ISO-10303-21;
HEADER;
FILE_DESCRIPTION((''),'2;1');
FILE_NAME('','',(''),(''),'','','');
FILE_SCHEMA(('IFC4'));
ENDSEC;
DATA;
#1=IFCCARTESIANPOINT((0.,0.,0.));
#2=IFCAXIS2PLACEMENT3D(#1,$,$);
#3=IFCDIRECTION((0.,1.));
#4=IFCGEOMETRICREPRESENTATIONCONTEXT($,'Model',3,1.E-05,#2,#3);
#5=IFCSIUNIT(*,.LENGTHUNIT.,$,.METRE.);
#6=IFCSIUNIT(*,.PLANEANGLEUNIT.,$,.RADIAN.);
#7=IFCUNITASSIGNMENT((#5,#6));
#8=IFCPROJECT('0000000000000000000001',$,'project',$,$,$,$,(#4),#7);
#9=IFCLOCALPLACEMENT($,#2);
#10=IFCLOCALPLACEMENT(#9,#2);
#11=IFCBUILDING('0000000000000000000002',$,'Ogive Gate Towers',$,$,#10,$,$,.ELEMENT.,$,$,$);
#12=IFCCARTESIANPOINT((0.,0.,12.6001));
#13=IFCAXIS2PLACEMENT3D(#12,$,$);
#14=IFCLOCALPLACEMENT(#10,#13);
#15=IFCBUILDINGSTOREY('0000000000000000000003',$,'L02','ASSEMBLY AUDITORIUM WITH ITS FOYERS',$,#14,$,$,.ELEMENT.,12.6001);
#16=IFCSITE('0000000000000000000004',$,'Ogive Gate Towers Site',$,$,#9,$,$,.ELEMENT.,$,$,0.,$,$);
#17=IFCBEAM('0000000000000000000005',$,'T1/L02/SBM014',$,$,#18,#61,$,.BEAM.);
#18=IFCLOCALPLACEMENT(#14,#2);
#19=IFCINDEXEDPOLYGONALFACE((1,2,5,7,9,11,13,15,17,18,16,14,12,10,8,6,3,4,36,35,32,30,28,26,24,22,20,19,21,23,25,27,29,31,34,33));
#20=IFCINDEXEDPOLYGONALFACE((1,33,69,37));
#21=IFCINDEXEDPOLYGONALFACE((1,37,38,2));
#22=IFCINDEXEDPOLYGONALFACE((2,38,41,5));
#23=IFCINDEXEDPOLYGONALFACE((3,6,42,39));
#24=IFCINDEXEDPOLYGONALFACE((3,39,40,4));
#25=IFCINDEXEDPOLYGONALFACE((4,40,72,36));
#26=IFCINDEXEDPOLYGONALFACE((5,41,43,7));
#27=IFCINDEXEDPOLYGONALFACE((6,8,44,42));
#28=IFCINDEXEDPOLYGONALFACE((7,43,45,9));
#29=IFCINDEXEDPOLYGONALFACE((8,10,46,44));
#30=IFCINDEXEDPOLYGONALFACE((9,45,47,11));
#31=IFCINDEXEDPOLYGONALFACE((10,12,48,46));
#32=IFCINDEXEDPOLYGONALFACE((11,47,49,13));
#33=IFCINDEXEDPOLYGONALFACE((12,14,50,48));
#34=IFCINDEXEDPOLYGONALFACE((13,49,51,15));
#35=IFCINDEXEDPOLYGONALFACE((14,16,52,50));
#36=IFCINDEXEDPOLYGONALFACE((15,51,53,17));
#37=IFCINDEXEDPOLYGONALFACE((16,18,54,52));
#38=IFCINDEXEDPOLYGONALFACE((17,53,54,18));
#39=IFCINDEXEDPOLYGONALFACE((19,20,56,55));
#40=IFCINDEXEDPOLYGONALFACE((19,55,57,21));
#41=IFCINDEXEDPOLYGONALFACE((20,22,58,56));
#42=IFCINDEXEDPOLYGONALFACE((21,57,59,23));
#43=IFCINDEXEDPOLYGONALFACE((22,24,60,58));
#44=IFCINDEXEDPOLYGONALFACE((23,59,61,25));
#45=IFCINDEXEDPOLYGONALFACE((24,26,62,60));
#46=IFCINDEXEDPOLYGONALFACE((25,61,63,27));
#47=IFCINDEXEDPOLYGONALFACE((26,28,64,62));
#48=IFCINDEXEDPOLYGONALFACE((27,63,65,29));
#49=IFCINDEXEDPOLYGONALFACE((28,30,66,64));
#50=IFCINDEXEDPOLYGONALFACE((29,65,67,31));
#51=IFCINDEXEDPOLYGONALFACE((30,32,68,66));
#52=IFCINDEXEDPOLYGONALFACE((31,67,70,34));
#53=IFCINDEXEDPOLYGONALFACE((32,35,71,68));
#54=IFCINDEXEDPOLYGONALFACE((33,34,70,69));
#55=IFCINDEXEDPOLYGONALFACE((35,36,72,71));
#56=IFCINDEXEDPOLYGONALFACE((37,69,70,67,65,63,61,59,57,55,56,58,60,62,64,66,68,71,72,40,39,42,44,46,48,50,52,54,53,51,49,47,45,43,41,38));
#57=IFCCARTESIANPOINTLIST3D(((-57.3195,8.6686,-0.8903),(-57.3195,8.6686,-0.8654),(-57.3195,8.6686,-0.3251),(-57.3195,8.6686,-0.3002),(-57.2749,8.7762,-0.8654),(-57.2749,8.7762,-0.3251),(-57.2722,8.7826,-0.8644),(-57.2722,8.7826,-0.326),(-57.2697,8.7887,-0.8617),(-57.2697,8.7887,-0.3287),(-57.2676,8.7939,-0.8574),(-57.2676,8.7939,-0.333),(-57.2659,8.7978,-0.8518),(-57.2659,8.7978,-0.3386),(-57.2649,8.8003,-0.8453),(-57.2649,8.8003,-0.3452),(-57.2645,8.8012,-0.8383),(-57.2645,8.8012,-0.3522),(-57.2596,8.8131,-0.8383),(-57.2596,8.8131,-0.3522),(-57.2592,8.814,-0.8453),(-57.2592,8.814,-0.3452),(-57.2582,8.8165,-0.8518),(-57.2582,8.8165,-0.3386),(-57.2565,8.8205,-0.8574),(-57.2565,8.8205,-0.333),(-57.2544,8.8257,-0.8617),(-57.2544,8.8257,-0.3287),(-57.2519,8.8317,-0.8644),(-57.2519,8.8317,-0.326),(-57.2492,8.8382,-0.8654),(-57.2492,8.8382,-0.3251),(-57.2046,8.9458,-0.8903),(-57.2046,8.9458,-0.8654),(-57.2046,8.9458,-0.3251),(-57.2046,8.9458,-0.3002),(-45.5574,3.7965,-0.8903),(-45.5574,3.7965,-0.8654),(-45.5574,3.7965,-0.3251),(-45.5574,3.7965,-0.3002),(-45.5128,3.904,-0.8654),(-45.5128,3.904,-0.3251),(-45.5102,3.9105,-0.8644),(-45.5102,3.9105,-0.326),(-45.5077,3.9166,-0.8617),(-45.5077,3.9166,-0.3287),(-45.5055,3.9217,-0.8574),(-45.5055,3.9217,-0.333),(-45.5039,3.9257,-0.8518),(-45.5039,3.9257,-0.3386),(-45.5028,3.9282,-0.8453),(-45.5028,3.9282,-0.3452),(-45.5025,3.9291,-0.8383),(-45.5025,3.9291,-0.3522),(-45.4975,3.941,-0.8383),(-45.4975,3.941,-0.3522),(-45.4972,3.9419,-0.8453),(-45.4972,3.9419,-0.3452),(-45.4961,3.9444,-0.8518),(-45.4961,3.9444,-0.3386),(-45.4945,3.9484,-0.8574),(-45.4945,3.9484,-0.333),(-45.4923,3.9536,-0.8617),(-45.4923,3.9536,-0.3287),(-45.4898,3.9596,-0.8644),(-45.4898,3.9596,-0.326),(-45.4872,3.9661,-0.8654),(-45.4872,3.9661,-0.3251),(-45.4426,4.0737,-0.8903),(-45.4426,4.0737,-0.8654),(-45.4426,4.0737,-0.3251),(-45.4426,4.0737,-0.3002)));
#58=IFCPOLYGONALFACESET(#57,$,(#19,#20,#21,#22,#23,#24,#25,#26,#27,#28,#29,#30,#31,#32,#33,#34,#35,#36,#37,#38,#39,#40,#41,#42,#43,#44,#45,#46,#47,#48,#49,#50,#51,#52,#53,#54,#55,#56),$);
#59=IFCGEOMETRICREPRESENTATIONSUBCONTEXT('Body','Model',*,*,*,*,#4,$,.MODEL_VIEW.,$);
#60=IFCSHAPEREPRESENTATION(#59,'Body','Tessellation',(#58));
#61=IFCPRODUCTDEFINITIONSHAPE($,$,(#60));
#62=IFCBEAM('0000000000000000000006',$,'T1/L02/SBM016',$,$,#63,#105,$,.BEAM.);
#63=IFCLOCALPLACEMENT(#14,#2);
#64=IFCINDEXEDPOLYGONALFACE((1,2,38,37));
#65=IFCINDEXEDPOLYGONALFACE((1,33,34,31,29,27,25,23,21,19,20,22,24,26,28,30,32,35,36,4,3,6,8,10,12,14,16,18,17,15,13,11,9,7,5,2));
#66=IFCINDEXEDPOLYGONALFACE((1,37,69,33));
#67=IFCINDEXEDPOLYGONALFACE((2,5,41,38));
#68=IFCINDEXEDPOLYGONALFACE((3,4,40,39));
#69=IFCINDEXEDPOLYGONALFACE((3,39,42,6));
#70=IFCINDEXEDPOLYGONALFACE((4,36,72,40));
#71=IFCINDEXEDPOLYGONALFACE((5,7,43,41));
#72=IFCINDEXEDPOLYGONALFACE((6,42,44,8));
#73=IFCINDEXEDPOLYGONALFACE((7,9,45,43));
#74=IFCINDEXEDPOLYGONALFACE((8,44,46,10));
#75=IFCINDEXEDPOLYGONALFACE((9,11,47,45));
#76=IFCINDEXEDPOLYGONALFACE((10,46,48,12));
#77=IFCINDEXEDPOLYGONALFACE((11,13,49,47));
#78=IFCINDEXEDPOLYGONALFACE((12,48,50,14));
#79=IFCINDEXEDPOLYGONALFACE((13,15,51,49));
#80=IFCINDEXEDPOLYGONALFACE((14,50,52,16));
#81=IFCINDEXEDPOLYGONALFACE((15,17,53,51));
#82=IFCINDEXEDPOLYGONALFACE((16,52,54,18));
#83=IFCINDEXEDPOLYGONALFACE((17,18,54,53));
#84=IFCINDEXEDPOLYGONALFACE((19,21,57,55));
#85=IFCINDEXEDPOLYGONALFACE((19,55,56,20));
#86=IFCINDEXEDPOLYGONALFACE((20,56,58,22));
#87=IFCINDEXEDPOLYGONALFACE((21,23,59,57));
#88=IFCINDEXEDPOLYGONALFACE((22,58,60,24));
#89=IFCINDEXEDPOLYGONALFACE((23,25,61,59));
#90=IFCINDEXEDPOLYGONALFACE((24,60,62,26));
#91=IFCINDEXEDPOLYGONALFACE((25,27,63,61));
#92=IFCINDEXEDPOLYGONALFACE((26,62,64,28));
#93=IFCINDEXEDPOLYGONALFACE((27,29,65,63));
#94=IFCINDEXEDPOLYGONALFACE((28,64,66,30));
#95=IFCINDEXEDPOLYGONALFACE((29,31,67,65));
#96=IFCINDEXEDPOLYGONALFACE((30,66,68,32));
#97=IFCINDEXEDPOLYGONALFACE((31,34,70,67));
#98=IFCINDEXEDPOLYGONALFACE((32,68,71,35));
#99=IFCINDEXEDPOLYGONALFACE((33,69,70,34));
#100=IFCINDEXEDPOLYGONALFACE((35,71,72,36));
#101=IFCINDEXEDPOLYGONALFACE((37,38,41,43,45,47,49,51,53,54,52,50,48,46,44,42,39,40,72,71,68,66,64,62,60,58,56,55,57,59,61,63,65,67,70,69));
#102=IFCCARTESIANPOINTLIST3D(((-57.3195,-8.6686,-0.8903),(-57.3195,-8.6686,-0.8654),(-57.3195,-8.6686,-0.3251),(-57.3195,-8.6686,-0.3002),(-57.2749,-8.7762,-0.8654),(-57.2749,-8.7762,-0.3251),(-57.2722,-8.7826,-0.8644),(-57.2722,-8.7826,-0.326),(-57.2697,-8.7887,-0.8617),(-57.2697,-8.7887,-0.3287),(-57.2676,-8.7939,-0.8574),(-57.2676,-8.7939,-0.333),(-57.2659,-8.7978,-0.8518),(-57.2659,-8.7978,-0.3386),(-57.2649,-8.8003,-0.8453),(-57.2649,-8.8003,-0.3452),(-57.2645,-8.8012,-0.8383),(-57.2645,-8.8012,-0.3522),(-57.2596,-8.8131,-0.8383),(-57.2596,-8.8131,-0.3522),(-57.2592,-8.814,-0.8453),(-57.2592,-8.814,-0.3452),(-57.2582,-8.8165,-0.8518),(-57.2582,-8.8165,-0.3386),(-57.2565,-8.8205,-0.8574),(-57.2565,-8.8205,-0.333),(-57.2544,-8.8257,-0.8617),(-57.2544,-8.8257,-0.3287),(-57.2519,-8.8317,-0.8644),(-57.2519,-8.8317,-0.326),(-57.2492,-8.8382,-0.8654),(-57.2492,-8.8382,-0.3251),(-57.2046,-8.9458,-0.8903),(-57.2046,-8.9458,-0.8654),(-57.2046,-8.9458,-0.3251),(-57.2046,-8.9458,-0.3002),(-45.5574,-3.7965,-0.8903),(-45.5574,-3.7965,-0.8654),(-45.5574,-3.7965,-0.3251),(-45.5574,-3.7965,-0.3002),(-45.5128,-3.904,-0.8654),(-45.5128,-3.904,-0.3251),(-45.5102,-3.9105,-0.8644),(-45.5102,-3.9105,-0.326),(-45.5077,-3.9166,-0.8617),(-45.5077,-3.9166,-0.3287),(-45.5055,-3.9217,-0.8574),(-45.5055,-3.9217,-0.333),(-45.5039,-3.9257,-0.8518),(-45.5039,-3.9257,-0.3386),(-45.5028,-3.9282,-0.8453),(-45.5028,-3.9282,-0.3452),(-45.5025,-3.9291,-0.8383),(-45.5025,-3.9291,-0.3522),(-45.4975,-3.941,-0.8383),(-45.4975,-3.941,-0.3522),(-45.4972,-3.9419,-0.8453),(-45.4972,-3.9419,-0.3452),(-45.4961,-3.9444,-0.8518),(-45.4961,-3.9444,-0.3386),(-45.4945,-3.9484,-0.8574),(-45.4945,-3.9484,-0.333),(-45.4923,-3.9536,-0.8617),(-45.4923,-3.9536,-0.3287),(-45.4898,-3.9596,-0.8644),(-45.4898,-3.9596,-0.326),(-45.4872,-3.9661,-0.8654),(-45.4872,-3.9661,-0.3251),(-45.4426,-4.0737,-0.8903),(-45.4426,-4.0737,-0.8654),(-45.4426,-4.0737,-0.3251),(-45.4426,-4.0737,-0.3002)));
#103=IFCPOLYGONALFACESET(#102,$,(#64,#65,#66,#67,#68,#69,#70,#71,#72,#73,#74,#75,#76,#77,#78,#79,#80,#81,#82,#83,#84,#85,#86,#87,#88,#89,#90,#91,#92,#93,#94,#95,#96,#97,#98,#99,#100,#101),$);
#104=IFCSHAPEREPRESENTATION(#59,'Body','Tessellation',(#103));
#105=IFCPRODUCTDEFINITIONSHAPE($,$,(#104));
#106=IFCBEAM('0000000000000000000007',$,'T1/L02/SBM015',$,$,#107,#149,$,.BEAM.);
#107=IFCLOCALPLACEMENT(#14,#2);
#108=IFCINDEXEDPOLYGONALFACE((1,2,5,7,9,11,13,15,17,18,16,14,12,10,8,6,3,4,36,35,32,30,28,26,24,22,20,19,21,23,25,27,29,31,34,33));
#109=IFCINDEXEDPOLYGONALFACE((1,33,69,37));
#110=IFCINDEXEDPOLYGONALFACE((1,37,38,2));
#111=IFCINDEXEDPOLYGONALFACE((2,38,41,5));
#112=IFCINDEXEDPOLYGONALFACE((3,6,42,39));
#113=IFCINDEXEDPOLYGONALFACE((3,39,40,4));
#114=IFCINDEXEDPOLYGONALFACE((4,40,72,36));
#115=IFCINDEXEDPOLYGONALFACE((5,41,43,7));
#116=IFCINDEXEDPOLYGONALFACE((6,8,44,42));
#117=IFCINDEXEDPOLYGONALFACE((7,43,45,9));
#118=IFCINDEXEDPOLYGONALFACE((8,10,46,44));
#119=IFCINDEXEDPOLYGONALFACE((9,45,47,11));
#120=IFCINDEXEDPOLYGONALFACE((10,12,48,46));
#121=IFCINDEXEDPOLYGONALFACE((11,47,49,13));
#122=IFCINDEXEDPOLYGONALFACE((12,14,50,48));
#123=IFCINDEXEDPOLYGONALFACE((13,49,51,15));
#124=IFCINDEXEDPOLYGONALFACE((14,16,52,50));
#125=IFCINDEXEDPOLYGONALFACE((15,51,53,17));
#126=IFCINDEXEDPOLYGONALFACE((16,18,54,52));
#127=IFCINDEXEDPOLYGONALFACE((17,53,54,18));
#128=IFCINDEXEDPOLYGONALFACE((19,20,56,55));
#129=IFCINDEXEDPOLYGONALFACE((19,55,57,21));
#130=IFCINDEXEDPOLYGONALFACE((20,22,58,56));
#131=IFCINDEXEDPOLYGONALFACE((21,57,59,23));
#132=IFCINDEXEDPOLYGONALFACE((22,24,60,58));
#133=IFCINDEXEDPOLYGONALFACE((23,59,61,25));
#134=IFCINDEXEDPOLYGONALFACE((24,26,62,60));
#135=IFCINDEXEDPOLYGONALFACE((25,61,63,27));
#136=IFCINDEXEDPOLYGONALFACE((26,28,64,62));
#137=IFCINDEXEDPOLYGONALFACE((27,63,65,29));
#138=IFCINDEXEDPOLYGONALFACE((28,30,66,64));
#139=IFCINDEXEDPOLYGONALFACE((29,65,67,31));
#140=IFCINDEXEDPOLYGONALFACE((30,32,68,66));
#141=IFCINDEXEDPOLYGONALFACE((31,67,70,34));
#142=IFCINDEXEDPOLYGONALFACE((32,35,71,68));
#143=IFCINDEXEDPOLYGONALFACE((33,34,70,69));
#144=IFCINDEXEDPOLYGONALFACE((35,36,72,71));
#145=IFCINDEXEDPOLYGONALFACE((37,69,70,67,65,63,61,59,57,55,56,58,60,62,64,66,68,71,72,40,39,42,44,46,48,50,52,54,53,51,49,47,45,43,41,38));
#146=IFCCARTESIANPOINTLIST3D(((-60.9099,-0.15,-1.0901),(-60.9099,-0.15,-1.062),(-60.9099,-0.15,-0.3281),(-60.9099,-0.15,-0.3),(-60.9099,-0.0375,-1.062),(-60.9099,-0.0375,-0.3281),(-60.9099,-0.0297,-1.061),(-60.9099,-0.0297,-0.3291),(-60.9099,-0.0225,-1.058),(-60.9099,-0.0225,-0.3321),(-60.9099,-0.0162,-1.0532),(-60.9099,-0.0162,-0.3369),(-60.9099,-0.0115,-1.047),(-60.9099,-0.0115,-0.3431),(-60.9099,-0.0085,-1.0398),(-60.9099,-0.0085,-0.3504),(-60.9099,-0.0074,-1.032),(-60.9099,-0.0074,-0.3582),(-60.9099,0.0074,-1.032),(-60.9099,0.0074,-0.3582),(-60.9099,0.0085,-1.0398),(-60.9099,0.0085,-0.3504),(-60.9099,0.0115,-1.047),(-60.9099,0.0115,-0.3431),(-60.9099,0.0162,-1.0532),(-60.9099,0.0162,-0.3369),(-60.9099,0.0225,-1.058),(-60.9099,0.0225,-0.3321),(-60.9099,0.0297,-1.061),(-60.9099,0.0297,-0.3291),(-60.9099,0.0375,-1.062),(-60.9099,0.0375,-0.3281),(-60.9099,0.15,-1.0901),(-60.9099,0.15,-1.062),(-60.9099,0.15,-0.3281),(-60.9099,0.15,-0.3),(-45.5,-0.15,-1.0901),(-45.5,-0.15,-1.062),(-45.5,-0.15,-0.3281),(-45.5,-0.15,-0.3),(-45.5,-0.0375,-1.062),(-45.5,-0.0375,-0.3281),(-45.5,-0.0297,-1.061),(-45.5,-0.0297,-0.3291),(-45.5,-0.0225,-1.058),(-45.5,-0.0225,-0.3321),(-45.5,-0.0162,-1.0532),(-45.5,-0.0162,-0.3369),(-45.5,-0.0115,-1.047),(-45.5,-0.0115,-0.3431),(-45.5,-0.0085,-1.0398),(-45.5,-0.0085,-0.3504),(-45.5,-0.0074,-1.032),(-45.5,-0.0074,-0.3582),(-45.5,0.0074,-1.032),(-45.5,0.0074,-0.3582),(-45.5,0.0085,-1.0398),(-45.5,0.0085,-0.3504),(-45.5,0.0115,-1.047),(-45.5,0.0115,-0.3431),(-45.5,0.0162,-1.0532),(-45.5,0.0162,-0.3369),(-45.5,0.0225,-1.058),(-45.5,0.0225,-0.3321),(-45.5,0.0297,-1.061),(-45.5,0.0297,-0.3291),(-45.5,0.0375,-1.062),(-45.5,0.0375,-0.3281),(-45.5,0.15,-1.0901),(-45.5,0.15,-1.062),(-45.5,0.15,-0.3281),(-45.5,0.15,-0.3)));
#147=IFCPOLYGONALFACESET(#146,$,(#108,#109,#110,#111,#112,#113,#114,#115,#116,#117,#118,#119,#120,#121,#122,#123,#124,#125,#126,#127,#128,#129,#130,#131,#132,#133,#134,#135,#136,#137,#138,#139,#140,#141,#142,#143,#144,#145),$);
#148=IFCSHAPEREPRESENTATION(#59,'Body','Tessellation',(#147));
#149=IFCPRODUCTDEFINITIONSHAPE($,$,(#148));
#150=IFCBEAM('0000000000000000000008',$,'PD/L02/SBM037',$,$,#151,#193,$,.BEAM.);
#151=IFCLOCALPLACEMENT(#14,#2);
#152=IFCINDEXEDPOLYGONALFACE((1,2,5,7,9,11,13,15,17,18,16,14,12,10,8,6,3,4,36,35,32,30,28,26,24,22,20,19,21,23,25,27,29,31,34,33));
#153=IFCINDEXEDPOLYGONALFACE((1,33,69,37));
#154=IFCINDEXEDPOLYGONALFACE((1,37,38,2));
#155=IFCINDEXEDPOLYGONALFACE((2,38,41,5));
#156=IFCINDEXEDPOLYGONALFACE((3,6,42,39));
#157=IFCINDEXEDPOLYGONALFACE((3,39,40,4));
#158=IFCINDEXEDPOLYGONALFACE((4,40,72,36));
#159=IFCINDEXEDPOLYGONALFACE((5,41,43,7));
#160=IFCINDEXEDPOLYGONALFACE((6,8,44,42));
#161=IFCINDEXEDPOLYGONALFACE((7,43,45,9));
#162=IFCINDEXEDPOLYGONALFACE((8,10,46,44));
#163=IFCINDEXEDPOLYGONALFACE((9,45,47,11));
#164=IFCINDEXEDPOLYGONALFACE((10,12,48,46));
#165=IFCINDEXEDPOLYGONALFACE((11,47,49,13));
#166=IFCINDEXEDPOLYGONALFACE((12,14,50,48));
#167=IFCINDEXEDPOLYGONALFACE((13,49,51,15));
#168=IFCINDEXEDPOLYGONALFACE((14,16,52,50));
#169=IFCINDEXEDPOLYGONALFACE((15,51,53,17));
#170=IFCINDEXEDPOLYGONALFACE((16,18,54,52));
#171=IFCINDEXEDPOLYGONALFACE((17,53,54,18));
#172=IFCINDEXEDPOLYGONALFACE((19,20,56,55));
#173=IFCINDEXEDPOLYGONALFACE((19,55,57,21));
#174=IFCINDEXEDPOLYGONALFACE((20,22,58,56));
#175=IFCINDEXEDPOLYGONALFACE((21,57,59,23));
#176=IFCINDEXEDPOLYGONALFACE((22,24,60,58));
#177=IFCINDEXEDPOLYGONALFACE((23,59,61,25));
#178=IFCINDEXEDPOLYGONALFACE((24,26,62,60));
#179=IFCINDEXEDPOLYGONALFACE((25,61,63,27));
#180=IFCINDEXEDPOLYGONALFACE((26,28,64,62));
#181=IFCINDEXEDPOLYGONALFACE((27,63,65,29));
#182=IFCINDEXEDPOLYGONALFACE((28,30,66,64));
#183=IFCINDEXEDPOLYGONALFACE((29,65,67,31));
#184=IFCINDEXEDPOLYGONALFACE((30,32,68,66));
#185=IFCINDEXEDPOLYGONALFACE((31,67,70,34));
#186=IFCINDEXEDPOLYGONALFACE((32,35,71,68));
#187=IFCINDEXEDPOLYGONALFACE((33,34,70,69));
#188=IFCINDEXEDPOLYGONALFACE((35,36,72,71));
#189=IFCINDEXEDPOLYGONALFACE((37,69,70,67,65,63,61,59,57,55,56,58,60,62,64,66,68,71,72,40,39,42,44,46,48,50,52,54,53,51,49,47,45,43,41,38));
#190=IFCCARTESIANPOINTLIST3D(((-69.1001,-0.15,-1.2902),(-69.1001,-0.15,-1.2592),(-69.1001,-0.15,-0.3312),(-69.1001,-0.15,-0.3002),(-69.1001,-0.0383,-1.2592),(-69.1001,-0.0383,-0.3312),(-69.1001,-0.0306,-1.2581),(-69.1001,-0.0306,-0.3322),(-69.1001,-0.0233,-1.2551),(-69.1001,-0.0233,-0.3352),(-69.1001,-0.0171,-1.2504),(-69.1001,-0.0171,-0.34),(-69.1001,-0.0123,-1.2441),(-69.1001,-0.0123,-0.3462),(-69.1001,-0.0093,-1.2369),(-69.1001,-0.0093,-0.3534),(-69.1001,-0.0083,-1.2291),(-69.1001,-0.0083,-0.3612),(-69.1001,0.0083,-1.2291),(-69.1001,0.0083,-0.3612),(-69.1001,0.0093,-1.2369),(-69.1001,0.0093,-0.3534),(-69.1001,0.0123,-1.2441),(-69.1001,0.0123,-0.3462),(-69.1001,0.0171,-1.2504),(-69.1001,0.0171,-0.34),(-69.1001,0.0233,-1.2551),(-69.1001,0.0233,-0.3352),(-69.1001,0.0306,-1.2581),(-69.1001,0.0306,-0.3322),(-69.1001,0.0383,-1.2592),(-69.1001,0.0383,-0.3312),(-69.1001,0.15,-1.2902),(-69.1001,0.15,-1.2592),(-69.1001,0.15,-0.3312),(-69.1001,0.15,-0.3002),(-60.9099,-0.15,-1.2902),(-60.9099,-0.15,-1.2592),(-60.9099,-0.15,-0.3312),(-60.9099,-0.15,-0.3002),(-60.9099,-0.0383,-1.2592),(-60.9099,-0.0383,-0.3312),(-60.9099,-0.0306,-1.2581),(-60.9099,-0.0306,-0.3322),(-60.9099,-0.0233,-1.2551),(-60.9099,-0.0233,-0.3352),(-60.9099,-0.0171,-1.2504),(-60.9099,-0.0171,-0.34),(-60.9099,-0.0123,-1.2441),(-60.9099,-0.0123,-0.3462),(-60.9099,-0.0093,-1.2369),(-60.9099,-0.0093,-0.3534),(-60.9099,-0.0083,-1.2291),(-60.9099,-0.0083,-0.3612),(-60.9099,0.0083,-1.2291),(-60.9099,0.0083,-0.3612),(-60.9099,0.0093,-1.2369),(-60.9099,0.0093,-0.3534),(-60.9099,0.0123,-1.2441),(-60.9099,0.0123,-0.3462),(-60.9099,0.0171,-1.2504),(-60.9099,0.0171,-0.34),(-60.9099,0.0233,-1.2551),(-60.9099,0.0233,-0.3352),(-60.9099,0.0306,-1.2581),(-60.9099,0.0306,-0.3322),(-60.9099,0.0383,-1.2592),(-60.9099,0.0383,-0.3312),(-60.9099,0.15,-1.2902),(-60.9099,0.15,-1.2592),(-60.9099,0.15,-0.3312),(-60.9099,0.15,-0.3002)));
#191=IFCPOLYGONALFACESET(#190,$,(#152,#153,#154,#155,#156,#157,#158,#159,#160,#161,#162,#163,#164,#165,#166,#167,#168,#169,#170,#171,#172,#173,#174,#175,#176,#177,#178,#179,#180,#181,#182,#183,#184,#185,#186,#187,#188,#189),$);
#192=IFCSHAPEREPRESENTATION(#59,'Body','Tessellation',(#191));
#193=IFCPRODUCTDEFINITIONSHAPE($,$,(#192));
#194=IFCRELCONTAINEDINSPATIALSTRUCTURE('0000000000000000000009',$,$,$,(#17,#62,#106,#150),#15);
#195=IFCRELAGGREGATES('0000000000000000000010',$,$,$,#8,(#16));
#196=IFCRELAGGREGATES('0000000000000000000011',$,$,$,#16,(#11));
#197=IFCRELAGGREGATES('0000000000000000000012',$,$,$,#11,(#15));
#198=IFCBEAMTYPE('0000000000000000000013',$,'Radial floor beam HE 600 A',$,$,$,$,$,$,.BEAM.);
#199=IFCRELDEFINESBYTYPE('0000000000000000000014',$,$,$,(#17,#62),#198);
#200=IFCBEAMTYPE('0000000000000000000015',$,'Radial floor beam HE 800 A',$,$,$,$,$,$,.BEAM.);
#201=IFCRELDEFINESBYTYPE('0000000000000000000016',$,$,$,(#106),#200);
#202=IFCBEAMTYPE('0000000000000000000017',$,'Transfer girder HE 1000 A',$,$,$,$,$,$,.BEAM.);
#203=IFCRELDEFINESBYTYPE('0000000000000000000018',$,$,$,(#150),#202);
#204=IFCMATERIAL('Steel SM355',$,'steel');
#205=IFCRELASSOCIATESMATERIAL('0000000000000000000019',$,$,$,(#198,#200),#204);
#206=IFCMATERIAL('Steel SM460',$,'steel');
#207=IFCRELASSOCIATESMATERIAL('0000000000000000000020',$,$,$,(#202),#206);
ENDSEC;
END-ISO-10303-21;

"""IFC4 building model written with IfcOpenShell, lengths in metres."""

from ifc_helpers import new_model, si_unit, direction, frame, origin, origin_2d, place, context, subcontext, project, spatial, i_section, extrude, material, material_profile, profile_set, type_object, element, save


model = new_model("IFC4")

# Units and contexts
model_context = context("Model", 3, precision=1e-05, world=origin(), true_north=direction((0.0, 1.0)))
body_context = subcontext(model_context, "Body", "Model", "MODEL_VIEW")
ifc_project = project(units=[si_unit("LENGTHUNIT", "METRE"), si_unit("PLANEANGLEUNIT", "RADIAN")], contexts=[model_context])

# Site, building, storey
site_placement = place(None, origin())
site = spatial("IfcSite", under=ifc_project, at=site_placement, Name="Ogive Gate Towers Site", CompositionType="ELEMENT", RefElevation=0.0)
building_placement = place(site_placement, origin())
building = spatial("IfcBuilding", under=site, at=building_placement, Name="Ogive Gate Towers", CompositionType="ELEMENT")
storey_placement = place(building_placement, frame((0.0, 0.0, 12.6001)))
storey = spatial("IfcBuildingStorey", under=building, at=storey_placement, Name="L02", Description="ASSEMBLY AUDITORIUM WITH ITS FOYERS", CompositionType="ELEMENT", Elevation=12.6001)

# Beams
ifc_material_1 = material(Name="Steel SM460", Category="steel")
ifc_material_2 = material(Name="Steel SM355", Category="steel")
ifc_material_profile_1 = material_profile(ifc_material_2, i_section(OverallWidth=0.3, OverallDepth=0.5901, WebThickness=0.0129, FlangeThickness=0.0249, FilletRadius=0.0271, at=origin_2d()), Name="HE 600 A")
ifc_profile_set_1 = profile_set([ifc_material_profile_1], Name="Steel SM355")
beam_type_1 = type_object("IfcBeamType", Name="Radial floor beam HE 600 A", PredefinedType="BEAM", material=ifc_profile_set_1)
for number, where, z_axis, x_axis, name in (
    (1, (-45.5, 3.9351, -0.5952), (-0.923877, 0.382691, 0.0), (-0.382691, -0.923877, 0.0), "T1/L02/SBM014"),
    (2, (-45.5, -3.9351, -0.5952), (-0.923877, -0.382691, 0.0), (0.382691, -0.923877, 0.0), "T1/L02/SBM016"),
):
    element("IfcBeam", number, at=place(storey_placement, frame(where, z_axis=z_axis, x_axis=x_axis)), inside=storey, type_object=beam_type_1, Name=name, PredefinedType="BEAM", context=body_context, shape_type="SweptSolid", body=[
        extrude(i_section(OverallWidth=0.3, OverallDepth=0.5901, WebThickness=0.0129, FlangeThickness=0.0249, FilletRadius=0.0271, at=origin_2d()), origin(), (0.0, 0.0, 1.0), 12.7312),
    ])
ifc_material_profile_2 = material_profile(ifc_material_2, i_section(OverallWidth=0.3, OverallDepth=0.79, WebThickness=0.0149, FlangeThickness=0.0281, FilletRadius=0.03, at=origin_2d()), Name="HE 800 A")
ifc_profile_set_2 = profile_set([ifc_material_profile_2], Name="Steel SM355")
beam_type_2 = type_object("IfcBeamType", Name="Radial floor beam HE 800 A", PredefinedType="BEAM", material=ifc_profile_set_2)
beam_1_placement = place(storey_placement, frame((-45.5, 0.0, -0.6951), z_axis=(-1.0, 0.0, 0.0), x_axis=(0.0, -1.0, 0.0)))
element("IfcBeam", 3, at=beam_1_placement, inside=storey, type_object=beam_type_2, Name="T1/L02/SBM015", PredefinedType="BEAM", context=body_context, shape_type="SweptSolid", body=[
    extrude(i_section(OverallWidth=0.3, OverallDepth=0.79, WebThickness=0.0149, FlangeThickness=0.0281, FilletRadius=0.03, at=origin_2d()), origin(), (0.0, 0.0, 1.0), 15.4099),
])
ifc_material_profile_3 = material_profile(ifc_material_1, i_section(OverallWidth=0.3, OverallDepth=0.99, WebThickness=0.0166, FlangeThickness=0.031, FilletRadius=0.03, at=origin_2d()), Name="HE 1000 A")
ifc_profile_set_3 = profile_set([ifc_material_profile_3], Name="Steel SM460")
beam_type_3 = type_object("IfcBeamType", Name="Transfer girder HE 1000 A", PredefinedType="BEAM", material=ifc_profile_set_3)
beam_2_placement = place(storey_placement, frame((-69.1001, 0.0, -0.7952), z_axis=(1.0, 0.0, 0.0), x_axis=(0.0, 1.0, 0.0)))
element("IfcBeam", 4, at=beam_2_placement, inside=storey, type_object=beam_type_3, Name="PD/L02/SBM037", PredefinedType="BEAM", context=body_context, shape_type="SweptSolid", body=[
    extrude(i_section(OverallWidth=0.3, OverallDepth=0.99, WebThickness=0.0166, FlangeThickness=0.031, FilletRadius=0.03, at=origin_2d()), origin(), (0.0, 0.0, 1.0), 8.1902),
])

save(model, "model.ifc")
